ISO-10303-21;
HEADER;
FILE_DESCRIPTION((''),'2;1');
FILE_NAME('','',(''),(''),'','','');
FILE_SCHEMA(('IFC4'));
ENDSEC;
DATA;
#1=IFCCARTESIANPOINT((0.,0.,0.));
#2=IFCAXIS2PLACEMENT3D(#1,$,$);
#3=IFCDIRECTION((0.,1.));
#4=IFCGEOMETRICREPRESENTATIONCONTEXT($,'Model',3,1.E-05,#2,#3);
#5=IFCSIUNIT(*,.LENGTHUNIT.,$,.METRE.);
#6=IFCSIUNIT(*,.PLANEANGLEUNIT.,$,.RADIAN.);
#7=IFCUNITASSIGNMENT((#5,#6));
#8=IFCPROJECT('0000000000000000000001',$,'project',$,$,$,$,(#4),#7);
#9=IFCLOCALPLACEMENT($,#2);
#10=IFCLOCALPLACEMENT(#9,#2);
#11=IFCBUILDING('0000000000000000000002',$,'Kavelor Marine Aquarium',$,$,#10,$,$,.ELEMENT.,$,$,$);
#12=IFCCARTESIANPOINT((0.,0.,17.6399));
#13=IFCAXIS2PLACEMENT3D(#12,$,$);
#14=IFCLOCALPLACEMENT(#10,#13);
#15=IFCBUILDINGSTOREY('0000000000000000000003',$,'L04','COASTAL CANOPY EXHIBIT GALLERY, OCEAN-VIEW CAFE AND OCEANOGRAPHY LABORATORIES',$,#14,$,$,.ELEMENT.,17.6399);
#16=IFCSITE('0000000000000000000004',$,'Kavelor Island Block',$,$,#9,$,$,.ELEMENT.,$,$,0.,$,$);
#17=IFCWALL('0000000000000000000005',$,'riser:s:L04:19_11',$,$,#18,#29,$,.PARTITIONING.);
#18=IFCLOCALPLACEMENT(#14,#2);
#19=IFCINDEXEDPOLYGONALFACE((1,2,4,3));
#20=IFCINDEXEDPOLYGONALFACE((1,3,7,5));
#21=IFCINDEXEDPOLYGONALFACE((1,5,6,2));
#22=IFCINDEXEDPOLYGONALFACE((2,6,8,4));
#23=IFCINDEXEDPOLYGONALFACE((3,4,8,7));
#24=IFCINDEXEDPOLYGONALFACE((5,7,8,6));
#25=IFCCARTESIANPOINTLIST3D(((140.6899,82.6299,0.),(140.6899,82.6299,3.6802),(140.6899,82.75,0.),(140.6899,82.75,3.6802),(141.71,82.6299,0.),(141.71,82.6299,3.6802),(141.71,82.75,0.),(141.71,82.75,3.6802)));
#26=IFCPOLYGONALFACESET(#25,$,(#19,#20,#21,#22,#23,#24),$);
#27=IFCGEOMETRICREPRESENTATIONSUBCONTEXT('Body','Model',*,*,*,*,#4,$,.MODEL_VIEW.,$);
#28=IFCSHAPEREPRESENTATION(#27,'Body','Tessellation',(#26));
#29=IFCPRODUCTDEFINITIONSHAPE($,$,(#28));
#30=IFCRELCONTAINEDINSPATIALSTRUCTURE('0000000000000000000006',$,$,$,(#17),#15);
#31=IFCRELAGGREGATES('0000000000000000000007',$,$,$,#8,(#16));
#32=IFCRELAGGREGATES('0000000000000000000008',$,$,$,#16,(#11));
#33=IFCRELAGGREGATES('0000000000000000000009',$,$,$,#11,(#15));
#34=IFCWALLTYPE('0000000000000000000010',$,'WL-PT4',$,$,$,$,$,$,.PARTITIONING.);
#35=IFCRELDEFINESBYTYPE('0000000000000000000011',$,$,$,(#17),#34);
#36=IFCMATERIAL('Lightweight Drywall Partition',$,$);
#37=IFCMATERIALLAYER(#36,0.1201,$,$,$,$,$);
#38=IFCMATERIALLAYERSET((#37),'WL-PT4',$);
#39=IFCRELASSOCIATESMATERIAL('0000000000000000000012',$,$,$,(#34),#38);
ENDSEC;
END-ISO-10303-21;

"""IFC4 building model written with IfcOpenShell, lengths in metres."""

from ifc_helpers import new_model, si_unit, direction, frame, frame_2d, origin, place, context, subcontext, project, spatial, rectangle, extrude, material, layer, layer_set, type_object, element, save


model = new_model("IFC4")

# Units and contexts
model_context = context("Model", 3, precision=1e-05, world=origin(), true_north=direction((0.0, 1.0)))
body_context = subcontext(model_context, "Body", "Model", "MODEL_VIEW")
ifc_project = project(units=[si_unit("LENGTHUNIT", "METRE"), si_unit("PLANEANGLEUNIT", "RADIAN")], contexts=[model_context])

# Site, building, storey
site_placement = place(None, origin())
site = spatial("IfcSite", under=ifc_project, at=site_placement, Name="Kavelor Island Block", CompositionType="ELEMENT", RefElevation=0.0)
building_placement = place(site_placement, origin())
building = spatial("IfcBuilding", under=site, at=building_placement, Name="Kavelor Marine Aquarium", CompositionType="ELEMENT")
storey_placement = place(building_placement, frame((0.0, 0.0, 17.6399)))
storey = spatial("IfcBuildingStorey", under=building, at=storey_placement, Name="L04", Description="COASTAL CANOPY EXHIBIT GALLERY, OCEAN-VIEW CAFE AND OCEANOGRAPHY LABORATORIES", CompositionType="ELEMENT", Elevation=17.6399)

# Wall
ifc_material_1 = material(Name="Lightweight Drywall Partition")
ifc_layer_1 = layer(ifc_material_1, 0.1201)
ifc_layer_set_1 = layer_set([ifc_layer_1], Name="WL-PT4")
wall_type_1 = type_object("IfcWallType", Name="WL-PT4", PredefinedType="PARTITIONING", material=ifc_layer_set_1)
wall_1_placement = place(storey_placement, frame((140.6899, 82.6899, 0.0), z_axis=(0.0, 0.0, 1.0), x_axis=(1.0, 0.0, 0.0)))
element("IfcWall", 1, at=wall_1_placement, inside=storey, type_object=wall_type_1, Name="riser:s:L04:19_11", PredefinedType="PARTITIONING", context=body_context, shape_type="SweptSolid", body=[
    extrude(rectangle(XDim=1.02, YDim=0.1201, at=frame_2d((0.51, 0.0))), origin(), (0.0, 0.0, 1.0), 3.6802),
])

save(model, "model.ifc")
